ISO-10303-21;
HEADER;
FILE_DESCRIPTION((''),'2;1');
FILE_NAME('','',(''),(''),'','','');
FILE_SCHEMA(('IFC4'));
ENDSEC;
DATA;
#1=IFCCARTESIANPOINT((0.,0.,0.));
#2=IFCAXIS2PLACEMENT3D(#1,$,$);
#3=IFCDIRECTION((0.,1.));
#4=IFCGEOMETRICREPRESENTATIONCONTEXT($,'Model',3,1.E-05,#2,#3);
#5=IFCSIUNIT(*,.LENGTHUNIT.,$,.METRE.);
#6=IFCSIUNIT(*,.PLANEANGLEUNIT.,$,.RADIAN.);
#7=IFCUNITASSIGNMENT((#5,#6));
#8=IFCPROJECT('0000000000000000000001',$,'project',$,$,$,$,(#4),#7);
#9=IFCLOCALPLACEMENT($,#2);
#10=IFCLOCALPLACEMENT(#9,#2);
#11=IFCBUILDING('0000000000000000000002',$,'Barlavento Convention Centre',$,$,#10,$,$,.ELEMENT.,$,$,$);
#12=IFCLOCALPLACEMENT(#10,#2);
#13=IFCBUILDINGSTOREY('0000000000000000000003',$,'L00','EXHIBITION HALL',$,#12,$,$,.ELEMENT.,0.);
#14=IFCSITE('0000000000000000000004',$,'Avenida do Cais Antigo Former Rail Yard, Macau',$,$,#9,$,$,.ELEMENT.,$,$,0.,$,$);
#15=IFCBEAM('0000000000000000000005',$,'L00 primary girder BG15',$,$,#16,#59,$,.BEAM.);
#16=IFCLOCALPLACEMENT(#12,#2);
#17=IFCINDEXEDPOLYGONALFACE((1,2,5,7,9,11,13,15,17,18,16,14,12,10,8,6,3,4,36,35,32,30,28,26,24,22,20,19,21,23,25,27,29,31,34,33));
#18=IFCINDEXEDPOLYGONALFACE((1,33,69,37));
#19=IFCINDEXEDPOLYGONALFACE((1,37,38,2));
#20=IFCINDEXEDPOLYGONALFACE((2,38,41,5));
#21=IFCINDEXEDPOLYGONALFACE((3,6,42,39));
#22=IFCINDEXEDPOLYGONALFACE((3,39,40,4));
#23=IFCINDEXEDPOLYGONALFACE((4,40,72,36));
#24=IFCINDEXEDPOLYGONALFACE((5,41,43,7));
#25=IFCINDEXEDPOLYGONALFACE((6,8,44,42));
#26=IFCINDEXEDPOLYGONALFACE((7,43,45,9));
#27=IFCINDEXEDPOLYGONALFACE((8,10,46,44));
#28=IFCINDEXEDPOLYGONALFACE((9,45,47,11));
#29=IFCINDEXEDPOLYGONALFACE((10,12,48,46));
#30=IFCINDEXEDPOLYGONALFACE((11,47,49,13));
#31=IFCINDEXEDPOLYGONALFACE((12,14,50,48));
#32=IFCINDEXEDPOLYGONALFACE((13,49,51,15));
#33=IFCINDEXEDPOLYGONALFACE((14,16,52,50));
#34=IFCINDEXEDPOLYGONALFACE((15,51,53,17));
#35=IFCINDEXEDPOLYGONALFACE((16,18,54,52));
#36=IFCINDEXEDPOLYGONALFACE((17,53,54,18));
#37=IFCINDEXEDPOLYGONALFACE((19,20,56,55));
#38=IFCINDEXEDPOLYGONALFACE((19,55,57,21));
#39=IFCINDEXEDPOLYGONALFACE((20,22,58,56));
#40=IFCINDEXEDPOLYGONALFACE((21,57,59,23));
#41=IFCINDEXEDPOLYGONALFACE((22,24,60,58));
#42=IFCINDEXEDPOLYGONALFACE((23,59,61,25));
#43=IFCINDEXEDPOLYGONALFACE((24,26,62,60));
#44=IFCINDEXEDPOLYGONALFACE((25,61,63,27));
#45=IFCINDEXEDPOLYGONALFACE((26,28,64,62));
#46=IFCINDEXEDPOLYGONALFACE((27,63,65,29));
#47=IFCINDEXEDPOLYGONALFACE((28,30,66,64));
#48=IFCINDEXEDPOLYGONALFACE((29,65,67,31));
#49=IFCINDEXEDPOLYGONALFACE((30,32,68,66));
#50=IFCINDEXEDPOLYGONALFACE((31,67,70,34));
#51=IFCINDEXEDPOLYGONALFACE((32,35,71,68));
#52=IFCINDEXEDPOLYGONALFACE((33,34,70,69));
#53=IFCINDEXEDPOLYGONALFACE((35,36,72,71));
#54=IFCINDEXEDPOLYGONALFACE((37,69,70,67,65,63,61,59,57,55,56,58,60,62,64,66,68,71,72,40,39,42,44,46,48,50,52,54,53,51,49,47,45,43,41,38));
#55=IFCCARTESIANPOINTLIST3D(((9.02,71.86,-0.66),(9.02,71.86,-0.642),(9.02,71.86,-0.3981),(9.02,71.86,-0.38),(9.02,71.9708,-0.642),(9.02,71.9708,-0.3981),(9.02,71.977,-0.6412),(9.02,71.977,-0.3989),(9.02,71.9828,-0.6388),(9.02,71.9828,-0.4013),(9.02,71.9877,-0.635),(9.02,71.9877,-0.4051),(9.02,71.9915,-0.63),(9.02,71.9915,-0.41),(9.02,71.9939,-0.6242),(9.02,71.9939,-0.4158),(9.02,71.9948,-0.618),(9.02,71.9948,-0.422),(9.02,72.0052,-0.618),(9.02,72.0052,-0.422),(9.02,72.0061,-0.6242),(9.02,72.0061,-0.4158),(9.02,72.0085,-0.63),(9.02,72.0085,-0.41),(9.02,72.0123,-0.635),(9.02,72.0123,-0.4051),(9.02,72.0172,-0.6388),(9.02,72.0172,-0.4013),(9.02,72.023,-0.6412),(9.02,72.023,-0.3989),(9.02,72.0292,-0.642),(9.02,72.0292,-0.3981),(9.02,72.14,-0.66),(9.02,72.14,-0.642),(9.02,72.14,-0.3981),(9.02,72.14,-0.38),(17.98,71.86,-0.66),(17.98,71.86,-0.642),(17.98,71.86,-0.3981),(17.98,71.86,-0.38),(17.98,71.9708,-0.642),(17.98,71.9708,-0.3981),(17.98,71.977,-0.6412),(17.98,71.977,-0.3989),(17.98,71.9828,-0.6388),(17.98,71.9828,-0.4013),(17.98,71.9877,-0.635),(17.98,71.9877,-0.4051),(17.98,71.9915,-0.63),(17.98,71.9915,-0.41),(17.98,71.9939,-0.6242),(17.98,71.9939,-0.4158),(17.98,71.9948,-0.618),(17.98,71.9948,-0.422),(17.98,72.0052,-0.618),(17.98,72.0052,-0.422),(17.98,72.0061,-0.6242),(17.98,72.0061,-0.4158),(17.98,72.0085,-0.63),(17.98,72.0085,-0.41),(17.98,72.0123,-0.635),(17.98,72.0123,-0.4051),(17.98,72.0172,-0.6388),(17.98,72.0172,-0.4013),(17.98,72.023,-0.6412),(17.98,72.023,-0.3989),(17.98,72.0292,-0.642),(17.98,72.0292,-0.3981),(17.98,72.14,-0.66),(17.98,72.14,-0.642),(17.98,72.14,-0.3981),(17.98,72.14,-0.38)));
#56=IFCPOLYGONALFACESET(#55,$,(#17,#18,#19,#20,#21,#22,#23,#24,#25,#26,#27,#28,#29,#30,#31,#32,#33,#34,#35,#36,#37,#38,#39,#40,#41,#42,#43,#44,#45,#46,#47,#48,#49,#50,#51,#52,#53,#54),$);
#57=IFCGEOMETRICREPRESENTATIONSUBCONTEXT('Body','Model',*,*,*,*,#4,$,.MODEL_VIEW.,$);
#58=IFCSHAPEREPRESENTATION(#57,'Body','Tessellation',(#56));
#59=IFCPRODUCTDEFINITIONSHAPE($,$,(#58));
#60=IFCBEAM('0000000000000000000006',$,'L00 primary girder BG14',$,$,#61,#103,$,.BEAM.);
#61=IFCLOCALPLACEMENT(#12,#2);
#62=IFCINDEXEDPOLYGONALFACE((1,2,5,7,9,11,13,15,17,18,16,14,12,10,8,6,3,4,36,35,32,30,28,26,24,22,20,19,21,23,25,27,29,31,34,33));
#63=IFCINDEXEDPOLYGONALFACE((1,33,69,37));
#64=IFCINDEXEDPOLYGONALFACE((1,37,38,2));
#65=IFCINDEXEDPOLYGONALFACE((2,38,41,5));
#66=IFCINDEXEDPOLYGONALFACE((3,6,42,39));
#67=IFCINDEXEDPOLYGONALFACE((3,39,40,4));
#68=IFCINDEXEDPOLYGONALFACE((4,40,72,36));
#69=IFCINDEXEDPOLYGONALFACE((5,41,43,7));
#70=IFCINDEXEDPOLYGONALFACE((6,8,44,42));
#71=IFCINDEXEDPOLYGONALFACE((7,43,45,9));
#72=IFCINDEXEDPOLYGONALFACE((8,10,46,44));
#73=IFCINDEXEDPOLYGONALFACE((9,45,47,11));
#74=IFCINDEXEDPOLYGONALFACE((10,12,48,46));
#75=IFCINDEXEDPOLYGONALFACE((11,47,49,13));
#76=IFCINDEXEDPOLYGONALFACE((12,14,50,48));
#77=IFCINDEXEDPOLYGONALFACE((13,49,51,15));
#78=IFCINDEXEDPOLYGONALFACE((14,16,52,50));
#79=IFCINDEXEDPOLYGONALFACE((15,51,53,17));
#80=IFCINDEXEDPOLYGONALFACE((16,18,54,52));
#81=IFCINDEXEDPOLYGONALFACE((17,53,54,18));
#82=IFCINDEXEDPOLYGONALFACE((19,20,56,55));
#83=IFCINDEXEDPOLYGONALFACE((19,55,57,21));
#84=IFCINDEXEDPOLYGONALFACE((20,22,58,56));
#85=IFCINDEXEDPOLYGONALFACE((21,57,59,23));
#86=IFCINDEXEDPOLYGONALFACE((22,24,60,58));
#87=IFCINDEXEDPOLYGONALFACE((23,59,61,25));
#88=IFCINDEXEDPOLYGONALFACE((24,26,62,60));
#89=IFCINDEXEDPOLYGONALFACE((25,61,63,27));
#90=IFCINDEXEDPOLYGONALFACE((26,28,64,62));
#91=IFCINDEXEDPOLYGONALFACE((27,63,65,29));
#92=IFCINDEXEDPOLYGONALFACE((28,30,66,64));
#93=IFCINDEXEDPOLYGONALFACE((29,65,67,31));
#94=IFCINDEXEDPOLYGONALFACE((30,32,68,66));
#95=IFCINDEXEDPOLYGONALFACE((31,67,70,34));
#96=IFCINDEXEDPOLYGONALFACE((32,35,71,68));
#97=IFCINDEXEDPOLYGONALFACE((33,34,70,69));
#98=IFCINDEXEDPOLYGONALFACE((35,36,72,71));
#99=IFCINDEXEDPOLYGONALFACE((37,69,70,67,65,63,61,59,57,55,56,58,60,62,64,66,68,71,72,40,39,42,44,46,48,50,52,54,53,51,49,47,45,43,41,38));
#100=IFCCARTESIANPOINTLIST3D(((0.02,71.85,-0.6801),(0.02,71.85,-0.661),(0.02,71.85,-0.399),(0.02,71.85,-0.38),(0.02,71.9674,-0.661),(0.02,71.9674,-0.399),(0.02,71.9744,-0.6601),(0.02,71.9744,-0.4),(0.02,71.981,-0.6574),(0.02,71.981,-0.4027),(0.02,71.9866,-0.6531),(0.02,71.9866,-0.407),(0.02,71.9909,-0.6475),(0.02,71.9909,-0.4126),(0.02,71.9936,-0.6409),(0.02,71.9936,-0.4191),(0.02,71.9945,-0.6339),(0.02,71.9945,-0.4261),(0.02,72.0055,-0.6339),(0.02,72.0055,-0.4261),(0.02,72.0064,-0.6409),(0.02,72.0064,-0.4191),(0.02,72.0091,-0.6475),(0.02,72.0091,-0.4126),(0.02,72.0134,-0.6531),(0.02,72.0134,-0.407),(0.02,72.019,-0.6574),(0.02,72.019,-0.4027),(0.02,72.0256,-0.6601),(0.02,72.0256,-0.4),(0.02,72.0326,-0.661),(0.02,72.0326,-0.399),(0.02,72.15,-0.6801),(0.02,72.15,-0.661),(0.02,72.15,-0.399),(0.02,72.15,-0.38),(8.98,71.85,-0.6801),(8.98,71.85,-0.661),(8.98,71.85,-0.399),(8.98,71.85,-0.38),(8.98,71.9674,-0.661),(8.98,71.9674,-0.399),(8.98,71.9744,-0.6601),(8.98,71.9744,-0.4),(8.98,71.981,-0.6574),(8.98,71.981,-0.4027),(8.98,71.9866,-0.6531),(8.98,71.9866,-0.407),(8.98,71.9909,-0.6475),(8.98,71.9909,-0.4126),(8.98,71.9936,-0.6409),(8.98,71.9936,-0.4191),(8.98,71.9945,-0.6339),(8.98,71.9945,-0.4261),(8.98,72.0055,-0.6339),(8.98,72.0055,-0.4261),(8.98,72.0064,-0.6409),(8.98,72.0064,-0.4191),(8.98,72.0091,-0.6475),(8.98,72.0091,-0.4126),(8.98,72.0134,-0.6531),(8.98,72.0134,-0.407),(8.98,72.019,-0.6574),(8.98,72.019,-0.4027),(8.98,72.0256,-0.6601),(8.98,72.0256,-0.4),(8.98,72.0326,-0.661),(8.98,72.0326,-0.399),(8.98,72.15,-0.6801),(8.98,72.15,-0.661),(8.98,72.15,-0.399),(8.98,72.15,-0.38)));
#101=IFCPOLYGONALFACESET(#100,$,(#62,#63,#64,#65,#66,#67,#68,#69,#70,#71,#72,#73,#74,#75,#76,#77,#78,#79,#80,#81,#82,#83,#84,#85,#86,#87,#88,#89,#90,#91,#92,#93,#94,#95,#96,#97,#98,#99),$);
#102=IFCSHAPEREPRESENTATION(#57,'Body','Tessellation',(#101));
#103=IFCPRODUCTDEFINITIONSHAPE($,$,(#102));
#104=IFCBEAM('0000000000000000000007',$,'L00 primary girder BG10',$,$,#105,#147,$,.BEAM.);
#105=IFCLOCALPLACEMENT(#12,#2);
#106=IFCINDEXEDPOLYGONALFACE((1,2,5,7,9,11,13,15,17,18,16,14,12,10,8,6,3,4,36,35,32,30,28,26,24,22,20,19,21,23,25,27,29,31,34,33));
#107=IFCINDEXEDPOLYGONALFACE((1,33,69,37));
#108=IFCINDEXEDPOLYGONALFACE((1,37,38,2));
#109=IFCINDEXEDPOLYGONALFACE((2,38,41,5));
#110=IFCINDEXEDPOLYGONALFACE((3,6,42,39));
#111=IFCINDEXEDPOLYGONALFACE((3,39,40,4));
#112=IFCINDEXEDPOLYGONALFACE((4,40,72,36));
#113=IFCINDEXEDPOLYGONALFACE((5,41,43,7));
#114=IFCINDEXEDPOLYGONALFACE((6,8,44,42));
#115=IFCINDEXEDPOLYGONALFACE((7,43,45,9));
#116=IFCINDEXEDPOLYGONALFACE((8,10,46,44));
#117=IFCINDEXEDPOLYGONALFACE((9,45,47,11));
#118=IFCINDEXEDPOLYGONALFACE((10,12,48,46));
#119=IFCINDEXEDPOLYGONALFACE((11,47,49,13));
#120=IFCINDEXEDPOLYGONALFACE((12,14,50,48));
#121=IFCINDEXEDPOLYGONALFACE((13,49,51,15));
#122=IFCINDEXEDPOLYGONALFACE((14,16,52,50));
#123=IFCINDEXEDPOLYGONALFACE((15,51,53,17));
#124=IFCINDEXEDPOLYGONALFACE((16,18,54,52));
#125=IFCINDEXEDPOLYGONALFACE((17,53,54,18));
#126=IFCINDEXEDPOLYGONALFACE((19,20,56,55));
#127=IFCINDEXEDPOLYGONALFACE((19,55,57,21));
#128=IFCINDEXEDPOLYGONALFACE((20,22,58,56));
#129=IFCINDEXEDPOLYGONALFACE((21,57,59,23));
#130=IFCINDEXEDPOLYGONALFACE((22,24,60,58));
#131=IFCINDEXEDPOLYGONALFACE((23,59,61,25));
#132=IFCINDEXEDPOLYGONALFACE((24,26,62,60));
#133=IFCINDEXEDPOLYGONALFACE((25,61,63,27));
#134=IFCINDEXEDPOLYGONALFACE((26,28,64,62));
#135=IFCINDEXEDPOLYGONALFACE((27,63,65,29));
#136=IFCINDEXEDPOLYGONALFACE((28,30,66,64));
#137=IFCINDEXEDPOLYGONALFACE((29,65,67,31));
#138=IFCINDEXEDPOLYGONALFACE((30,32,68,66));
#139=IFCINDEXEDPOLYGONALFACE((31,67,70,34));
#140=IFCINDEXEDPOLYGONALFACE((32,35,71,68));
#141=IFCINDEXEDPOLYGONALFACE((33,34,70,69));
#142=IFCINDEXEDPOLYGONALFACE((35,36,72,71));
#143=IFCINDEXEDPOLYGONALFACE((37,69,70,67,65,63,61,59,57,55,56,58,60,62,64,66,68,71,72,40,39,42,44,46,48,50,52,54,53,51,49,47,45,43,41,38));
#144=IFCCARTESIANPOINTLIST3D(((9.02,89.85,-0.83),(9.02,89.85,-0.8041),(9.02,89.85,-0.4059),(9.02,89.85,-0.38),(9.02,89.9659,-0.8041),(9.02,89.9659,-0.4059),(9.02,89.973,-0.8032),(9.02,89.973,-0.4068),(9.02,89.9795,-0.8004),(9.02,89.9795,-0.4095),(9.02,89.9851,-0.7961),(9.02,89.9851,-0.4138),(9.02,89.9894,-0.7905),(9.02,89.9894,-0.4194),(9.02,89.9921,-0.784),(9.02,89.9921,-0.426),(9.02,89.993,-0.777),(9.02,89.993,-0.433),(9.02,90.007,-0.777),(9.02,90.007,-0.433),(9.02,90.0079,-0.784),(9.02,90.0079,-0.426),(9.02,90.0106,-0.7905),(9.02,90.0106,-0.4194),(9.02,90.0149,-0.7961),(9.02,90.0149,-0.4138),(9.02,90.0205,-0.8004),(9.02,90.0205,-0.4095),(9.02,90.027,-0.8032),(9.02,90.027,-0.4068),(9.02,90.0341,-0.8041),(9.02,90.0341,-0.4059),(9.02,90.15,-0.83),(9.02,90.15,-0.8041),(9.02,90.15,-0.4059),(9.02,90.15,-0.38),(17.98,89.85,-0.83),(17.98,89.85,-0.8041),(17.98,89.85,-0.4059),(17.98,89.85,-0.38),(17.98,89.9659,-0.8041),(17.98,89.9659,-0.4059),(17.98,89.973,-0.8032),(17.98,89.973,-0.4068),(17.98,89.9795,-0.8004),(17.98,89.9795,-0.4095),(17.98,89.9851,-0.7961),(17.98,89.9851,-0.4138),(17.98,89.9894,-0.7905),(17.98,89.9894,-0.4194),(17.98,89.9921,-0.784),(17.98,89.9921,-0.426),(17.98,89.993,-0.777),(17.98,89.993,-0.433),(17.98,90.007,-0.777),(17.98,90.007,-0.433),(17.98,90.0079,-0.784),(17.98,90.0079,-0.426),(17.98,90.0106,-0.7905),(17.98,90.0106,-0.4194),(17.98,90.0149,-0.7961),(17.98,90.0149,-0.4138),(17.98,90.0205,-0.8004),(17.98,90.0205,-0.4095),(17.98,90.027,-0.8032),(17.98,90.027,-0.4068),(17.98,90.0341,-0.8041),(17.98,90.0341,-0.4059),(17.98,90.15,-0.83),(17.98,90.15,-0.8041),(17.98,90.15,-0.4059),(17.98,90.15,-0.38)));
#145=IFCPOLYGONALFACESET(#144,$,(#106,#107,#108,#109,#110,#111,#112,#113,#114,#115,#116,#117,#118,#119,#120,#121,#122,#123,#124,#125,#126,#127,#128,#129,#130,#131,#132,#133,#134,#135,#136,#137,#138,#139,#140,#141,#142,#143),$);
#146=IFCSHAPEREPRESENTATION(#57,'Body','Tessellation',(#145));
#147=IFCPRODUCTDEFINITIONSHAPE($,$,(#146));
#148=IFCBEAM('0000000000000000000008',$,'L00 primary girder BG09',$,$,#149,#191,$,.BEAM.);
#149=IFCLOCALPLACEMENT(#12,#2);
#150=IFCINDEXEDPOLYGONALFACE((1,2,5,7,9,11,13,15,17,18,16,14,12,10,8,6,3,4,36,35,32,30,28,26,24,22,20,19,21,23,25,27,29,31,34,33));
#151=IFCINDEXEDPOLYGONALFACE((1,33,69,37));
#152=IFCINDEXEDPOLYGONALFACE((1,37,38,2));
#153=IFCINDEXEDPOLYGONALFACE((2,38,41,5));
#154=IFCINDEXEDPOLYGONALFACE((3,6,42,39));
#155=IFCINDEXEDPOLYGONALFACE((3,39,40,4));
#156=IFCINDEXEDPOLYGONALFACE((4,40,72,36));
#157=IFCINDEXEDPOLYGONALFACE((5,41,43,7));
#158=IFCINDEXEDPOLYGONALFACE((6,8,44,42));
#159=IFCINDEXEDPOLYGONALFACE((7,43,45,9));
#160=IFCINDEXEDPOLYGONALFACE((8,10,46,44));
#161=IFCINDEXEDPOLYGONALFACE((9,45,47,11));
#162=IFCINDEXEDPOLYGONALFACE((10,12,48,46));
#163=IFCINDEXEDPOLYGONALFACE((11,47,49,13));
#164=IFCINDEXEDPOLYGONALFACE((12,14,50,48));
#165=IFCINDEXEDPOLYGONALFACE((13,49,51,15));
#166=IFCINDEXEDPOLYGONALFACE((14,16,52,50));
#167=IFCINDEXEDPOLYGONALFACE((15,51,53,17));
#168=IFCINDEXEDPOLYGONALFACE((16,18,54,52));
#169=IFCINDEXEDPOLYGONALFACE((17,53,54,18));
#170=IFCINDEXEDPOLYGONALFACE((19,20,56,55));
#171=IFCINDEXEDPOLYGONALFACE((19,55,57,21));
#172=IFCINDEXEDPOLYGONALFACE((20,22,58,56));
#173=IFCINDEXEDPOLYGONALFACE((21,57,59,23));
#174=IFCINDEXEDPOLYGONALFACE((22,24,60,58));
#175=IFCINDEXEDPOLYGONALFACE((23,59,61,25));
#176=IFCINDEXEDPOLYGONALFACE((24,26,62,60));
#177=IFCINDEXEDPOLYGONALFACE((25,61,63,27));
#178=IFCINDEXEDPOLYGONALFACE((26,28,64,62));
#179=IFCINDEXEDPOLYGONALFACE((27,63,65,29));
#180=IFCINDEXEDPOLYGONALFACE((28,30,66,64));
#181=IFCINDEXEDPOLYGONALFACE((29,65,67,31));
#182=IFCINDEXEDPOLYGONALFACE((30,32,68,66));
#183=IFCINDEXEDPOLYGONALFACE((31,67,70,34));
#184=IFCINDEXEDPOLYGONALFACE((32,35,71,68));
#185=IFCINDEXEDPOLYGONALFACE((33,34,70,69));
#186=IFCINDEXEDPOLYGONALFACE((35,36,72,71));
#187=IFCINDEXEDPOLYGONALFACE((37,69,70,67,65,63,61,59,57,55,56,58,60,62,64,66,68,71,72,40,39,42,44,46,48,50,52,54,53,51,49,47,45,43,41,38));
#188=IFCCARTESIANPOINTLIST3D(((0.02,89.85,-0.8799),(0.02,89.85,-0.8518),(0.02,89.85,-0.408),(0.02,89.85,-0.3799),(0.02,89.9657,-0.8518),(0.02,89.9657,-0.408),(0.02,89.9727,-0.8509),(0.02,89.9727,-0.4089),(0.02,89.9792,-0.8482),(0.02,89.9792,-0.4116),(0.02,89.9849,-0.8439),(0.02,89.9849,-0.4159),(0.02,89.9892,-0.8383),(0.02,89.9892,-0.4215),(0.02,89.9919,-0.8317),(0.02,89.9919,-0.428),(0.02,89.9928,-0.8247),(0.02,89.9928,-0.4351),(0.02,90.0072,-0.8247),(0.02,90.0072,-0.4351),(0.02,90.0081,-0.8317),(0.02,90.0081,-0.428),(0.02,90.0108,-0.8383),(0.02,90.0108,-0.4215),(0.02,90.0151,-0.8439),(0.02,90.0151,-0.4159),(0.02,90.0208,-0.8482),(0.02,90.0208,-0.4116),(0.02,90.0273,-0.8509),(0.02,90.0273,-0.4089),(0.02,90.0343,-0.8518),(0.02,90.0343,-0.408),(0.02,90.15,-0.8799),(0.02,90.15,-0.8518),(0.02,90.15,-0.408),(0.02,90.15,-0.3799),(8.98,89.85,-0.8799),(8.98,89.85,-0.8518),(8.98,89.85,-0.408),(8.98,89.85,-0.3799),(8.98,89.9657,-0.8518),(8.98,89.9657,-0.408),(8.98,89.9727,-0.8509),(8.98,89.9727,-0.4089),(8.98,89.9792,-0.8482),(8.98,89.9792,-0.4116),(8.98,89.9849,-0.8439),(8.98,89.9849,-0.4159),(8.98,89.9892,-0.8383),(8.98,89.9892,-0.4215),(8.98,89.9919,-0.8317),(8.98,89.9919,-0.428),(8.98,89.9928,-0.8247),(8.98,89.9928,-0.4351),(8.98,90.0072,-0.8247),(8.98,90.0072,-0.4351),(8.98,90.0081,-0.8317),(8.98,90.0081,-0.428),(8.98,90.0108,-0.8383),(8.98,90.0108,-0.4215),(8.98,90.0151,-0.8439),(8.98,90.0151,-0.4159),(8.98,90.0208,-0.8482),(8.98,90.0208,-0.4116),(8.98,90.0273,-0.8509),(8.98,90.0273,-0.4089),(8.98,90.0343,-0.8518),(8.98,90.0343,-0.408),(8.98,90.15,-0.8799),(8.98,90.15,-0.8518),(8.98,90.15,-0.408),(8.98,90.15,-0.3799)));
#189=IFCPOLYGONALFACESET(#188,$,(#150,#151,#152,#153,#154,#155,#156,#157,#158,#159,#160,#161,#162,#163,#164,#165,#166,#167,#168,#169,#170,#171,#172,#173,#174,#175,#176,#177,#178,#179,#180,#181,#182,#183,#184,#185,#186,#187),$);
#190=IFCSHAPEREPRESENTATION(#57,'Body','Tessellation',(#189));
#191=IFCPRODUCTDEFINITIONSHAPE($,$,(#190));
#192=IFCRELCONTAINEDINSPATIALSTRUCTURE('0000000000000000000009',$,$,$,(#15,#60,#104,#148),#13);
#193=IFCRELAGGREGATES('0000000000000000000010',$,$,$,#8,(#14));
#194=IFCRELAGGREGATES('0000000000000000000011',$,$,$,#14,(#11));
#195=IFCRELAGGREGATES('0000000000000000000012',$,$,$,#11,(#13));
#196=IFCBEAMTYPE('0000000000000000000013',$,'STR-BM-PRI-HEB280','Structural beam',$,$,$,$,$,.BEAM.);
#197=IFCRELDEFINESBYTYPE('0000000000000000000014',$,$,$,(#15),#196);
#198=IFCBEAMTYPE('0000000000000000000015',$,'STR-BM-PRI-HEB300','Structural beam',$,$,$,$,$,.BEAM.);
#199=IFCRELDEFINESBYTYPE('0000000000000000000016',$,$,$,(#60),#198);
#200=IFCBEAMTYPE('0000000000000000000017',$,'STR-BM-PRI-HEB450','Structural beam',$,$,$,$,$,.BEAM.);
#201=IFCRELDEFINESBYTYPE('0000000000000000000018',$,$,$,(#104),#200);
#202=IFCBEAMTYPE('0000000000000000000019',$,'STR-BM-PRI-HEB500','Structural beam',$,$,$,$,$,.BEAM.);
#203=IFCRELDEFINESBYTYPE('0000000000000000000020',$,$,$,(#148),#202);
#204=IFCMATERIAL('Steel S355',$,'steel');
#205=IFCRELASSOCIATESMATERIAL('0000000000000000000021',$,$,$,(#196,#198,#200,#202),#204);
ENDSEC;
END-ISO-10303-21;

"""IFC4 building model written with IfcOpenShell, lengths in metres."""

from ifc_helpers import new_model, si_unit, direction, frame, origin, origin_2d, place, context, subcontext, project, spatial, i_section, extrude, material, material_profile, profile_set, type_object, element, save


model = new_model("IFC4")

# Units and contexts
model_context = context("Model", 3, precision=1e-05, world=origin(), true_north=direction((0.0, 1.0)))
body_context = subcontext(model_context, "Body", "Model", "MODEL_VIEW")
ifc_project = project(units=[si_unit("LENGTHUNIT", "METRE"), si_unit("PLANEANGLEUNIT", "RADIAN")], contexts=[model_context])

# Site, building, storey
site_placement = place(None, origin())
site = spatial("IfcSite", under=ifc_project, at=site_placement, Name="Avenida do Cais Antigo Former Rail Yard, Macau", CompositionType="ELEMENT", RefElevation=0.0)
building_placement = place(site_placement, origin())
building = spatial("IfcBuilding", under=site, at=building_placement, Name="Barlavento Convention Centre", CompositionType="ELEMENT")
storey_placement = place(building_placement, origin())
storey = spatial("IfcBuildingStorey", under=building, at=storey_placement, Name="L00", Description="EXHIBITION HALL", CompositionType="ELEMENT", Elevation=0.0)

# Beams
ifc_material_1 = material(Name="Steel S355", Category="steel")
ifc_material_profile_1 = material_profile(ifc_material_1, i_section(OverallWidth=0.28, OverallDepth=0.28, WebThickness=0.0105, FlangeThickness=0.0181, FilletRadius=0.0239, at=origin_2d()), Name="HEB 280")
ifc_profile_set_1 = profile_set([ifc_material_profile_1], Name="Steel S355")
beam_type_1 = type_object("IfcBeamType", Name="STR-BM-PRI-HEB280", Description="Structural beam", PredefinedType="BEAM", material=ifc_profile_set_1)
beam_1_placement = place(storey_placement, frame((9.02, 72.0, -0.52), z_axis=(1.0, 0.0, 0.0), x_axis=(0.0, 1.0, 0.0)))
element("IfcBeam", 1, at=beam_1_placement, inside=storey, type_object=beam_type_1, Name="L00 primary girder BG15", PredefinedType="BEAM", context=body_context, shape_type="SweptSolid", body=[
    extrude(i_section(OverallWidth=0.28, OverallDepth=0.28, WebThickness=0.0105, FlangeThickness=0.0181, FilletRadius=0.0239, at=origin_2d()), origin(), (0.0, 0.0, 1.0), 8.96),
])
ifc_material_profile_2 = material_profile(ifc_material_1, i_section(OverallWidth=0.3, OverallDepth=0.3, WebThickness=0.011, FlangeThickness=0.019, FilletRadius=0.0271, at=origin_2d()), Name="HEB 300")
ifc_profile_set_2 = profile_set([ifc_material_profile_2], Name="Steel S355")
beam_type_2 = type_object("IfcBeamType", Name="STR-BM-PRI-HEB300", Description="Structural beam", PredefinedType="BEAM", material=ifc_profile_set_2)
beam_2_placement = place(storey_placement, frame((0.02, 72.0, -0.53), z_axis=(1.0, 0.0, 0.0), x_axis=(0.0, 1.0, 0.0)))
element("IfcBeam", 2, at=beam_2_placement, inside=storey, type_object=beam_type_2, Name="L00 primary girder BG14", PredefinedType="BEAM", context=body_context, shape_type="SweptSolid", body=[
    extrude(i_section(OverallWidth=0.3, OverallDepth=0.3, WebThickness=0.011, FlangeThickness=0.019, FilletRadius=0.0271, at=origin_2d()), origin(), (0.0, 0.0, 1.0), 8.96),
])
ifc_material_profile_3 = material_profile(ifc_material_1, i_section(OverallWidth=0.3, OverallDepth=0.45, WebThickness=0.0139, FlangeThickness=0.0259, FilletRadius=0.0271, at=origin_2d()), Name="HEB 450")
ifc_profile_set_3 = profile_set([ifc_material_profile_3], Name="Steel S355")
beam_type_3 = type_object("IfcBeamType", Name="STR-BM-PRI-HEB450", Description="Structural beam", PredefinedType="BEAM", material=ifc_profile_set_3)
beam_3_placement = place(storey_placement, frame((9.02, 90.0, -0.605), z_axis=(1.0, 0.0, 0.0), x_axis=(0.0, 1.0, 0.0)))
element("IfcBeam", 3, at=beam_3_placement, inside=storey, type_object=beam_type_3, Name="L00 primary girder BG10", PredefinedType="BEAM", context=body_context, shape_type="SweptSolid", body=[
    extrude(i_section(OverallWidth=0.3, OverallDepth=0.45, WebThickness=0.0139, FlangeThickness=0.0259, FilletRadius=0.0271, at=origin_2d()), origin(), (0.0, 0.0, 1.0), 8.96),
])
ifc_material_profile_4 = material_profile(ifc_material_1, i_section(OverallWidth=0.3, OverallDepth=0.5, WebThickness=0.0144, FlangeThickness=0.0281, FilletRadius=0.0271, at=origin_2d()), Name="HEB 500")
ifc_profile_set_4 = profile_set([ifc_material_profile_4], Name="Steel S355")
beam_type_4 = type_object("IfcBeamType", Name="STR-BM-PRI-HEB500", Description="Structural beam", PredefinedType="BEAM", material=ifc_profile_set_4)
beam_4_placement = place(storey_placement, frame((0.02, 90.0, -0.6299), z_axis=(1.0, 0.0, 0.0), x_axis=(0.0, 1.0, 0.0)))
element("IfcBeam", 4, at=beam_4_placement, inside=storey, type_object=beam_type_4, Name="L00 primary girder BG09", PredefinedType="BEAM", context=body_context, shape_type="SweptSolid", body=[
    extrude(i_section(OverallWidth=0.3, OverallDepth=0.5, WebThickness=0.0144, FlangeThickness=0.0281, FilletRadius=0.0271, at=origin_2d()), origin(), (0.0, 0.0, 1.0), 8.96),
])

save(model, "model.ifc")
